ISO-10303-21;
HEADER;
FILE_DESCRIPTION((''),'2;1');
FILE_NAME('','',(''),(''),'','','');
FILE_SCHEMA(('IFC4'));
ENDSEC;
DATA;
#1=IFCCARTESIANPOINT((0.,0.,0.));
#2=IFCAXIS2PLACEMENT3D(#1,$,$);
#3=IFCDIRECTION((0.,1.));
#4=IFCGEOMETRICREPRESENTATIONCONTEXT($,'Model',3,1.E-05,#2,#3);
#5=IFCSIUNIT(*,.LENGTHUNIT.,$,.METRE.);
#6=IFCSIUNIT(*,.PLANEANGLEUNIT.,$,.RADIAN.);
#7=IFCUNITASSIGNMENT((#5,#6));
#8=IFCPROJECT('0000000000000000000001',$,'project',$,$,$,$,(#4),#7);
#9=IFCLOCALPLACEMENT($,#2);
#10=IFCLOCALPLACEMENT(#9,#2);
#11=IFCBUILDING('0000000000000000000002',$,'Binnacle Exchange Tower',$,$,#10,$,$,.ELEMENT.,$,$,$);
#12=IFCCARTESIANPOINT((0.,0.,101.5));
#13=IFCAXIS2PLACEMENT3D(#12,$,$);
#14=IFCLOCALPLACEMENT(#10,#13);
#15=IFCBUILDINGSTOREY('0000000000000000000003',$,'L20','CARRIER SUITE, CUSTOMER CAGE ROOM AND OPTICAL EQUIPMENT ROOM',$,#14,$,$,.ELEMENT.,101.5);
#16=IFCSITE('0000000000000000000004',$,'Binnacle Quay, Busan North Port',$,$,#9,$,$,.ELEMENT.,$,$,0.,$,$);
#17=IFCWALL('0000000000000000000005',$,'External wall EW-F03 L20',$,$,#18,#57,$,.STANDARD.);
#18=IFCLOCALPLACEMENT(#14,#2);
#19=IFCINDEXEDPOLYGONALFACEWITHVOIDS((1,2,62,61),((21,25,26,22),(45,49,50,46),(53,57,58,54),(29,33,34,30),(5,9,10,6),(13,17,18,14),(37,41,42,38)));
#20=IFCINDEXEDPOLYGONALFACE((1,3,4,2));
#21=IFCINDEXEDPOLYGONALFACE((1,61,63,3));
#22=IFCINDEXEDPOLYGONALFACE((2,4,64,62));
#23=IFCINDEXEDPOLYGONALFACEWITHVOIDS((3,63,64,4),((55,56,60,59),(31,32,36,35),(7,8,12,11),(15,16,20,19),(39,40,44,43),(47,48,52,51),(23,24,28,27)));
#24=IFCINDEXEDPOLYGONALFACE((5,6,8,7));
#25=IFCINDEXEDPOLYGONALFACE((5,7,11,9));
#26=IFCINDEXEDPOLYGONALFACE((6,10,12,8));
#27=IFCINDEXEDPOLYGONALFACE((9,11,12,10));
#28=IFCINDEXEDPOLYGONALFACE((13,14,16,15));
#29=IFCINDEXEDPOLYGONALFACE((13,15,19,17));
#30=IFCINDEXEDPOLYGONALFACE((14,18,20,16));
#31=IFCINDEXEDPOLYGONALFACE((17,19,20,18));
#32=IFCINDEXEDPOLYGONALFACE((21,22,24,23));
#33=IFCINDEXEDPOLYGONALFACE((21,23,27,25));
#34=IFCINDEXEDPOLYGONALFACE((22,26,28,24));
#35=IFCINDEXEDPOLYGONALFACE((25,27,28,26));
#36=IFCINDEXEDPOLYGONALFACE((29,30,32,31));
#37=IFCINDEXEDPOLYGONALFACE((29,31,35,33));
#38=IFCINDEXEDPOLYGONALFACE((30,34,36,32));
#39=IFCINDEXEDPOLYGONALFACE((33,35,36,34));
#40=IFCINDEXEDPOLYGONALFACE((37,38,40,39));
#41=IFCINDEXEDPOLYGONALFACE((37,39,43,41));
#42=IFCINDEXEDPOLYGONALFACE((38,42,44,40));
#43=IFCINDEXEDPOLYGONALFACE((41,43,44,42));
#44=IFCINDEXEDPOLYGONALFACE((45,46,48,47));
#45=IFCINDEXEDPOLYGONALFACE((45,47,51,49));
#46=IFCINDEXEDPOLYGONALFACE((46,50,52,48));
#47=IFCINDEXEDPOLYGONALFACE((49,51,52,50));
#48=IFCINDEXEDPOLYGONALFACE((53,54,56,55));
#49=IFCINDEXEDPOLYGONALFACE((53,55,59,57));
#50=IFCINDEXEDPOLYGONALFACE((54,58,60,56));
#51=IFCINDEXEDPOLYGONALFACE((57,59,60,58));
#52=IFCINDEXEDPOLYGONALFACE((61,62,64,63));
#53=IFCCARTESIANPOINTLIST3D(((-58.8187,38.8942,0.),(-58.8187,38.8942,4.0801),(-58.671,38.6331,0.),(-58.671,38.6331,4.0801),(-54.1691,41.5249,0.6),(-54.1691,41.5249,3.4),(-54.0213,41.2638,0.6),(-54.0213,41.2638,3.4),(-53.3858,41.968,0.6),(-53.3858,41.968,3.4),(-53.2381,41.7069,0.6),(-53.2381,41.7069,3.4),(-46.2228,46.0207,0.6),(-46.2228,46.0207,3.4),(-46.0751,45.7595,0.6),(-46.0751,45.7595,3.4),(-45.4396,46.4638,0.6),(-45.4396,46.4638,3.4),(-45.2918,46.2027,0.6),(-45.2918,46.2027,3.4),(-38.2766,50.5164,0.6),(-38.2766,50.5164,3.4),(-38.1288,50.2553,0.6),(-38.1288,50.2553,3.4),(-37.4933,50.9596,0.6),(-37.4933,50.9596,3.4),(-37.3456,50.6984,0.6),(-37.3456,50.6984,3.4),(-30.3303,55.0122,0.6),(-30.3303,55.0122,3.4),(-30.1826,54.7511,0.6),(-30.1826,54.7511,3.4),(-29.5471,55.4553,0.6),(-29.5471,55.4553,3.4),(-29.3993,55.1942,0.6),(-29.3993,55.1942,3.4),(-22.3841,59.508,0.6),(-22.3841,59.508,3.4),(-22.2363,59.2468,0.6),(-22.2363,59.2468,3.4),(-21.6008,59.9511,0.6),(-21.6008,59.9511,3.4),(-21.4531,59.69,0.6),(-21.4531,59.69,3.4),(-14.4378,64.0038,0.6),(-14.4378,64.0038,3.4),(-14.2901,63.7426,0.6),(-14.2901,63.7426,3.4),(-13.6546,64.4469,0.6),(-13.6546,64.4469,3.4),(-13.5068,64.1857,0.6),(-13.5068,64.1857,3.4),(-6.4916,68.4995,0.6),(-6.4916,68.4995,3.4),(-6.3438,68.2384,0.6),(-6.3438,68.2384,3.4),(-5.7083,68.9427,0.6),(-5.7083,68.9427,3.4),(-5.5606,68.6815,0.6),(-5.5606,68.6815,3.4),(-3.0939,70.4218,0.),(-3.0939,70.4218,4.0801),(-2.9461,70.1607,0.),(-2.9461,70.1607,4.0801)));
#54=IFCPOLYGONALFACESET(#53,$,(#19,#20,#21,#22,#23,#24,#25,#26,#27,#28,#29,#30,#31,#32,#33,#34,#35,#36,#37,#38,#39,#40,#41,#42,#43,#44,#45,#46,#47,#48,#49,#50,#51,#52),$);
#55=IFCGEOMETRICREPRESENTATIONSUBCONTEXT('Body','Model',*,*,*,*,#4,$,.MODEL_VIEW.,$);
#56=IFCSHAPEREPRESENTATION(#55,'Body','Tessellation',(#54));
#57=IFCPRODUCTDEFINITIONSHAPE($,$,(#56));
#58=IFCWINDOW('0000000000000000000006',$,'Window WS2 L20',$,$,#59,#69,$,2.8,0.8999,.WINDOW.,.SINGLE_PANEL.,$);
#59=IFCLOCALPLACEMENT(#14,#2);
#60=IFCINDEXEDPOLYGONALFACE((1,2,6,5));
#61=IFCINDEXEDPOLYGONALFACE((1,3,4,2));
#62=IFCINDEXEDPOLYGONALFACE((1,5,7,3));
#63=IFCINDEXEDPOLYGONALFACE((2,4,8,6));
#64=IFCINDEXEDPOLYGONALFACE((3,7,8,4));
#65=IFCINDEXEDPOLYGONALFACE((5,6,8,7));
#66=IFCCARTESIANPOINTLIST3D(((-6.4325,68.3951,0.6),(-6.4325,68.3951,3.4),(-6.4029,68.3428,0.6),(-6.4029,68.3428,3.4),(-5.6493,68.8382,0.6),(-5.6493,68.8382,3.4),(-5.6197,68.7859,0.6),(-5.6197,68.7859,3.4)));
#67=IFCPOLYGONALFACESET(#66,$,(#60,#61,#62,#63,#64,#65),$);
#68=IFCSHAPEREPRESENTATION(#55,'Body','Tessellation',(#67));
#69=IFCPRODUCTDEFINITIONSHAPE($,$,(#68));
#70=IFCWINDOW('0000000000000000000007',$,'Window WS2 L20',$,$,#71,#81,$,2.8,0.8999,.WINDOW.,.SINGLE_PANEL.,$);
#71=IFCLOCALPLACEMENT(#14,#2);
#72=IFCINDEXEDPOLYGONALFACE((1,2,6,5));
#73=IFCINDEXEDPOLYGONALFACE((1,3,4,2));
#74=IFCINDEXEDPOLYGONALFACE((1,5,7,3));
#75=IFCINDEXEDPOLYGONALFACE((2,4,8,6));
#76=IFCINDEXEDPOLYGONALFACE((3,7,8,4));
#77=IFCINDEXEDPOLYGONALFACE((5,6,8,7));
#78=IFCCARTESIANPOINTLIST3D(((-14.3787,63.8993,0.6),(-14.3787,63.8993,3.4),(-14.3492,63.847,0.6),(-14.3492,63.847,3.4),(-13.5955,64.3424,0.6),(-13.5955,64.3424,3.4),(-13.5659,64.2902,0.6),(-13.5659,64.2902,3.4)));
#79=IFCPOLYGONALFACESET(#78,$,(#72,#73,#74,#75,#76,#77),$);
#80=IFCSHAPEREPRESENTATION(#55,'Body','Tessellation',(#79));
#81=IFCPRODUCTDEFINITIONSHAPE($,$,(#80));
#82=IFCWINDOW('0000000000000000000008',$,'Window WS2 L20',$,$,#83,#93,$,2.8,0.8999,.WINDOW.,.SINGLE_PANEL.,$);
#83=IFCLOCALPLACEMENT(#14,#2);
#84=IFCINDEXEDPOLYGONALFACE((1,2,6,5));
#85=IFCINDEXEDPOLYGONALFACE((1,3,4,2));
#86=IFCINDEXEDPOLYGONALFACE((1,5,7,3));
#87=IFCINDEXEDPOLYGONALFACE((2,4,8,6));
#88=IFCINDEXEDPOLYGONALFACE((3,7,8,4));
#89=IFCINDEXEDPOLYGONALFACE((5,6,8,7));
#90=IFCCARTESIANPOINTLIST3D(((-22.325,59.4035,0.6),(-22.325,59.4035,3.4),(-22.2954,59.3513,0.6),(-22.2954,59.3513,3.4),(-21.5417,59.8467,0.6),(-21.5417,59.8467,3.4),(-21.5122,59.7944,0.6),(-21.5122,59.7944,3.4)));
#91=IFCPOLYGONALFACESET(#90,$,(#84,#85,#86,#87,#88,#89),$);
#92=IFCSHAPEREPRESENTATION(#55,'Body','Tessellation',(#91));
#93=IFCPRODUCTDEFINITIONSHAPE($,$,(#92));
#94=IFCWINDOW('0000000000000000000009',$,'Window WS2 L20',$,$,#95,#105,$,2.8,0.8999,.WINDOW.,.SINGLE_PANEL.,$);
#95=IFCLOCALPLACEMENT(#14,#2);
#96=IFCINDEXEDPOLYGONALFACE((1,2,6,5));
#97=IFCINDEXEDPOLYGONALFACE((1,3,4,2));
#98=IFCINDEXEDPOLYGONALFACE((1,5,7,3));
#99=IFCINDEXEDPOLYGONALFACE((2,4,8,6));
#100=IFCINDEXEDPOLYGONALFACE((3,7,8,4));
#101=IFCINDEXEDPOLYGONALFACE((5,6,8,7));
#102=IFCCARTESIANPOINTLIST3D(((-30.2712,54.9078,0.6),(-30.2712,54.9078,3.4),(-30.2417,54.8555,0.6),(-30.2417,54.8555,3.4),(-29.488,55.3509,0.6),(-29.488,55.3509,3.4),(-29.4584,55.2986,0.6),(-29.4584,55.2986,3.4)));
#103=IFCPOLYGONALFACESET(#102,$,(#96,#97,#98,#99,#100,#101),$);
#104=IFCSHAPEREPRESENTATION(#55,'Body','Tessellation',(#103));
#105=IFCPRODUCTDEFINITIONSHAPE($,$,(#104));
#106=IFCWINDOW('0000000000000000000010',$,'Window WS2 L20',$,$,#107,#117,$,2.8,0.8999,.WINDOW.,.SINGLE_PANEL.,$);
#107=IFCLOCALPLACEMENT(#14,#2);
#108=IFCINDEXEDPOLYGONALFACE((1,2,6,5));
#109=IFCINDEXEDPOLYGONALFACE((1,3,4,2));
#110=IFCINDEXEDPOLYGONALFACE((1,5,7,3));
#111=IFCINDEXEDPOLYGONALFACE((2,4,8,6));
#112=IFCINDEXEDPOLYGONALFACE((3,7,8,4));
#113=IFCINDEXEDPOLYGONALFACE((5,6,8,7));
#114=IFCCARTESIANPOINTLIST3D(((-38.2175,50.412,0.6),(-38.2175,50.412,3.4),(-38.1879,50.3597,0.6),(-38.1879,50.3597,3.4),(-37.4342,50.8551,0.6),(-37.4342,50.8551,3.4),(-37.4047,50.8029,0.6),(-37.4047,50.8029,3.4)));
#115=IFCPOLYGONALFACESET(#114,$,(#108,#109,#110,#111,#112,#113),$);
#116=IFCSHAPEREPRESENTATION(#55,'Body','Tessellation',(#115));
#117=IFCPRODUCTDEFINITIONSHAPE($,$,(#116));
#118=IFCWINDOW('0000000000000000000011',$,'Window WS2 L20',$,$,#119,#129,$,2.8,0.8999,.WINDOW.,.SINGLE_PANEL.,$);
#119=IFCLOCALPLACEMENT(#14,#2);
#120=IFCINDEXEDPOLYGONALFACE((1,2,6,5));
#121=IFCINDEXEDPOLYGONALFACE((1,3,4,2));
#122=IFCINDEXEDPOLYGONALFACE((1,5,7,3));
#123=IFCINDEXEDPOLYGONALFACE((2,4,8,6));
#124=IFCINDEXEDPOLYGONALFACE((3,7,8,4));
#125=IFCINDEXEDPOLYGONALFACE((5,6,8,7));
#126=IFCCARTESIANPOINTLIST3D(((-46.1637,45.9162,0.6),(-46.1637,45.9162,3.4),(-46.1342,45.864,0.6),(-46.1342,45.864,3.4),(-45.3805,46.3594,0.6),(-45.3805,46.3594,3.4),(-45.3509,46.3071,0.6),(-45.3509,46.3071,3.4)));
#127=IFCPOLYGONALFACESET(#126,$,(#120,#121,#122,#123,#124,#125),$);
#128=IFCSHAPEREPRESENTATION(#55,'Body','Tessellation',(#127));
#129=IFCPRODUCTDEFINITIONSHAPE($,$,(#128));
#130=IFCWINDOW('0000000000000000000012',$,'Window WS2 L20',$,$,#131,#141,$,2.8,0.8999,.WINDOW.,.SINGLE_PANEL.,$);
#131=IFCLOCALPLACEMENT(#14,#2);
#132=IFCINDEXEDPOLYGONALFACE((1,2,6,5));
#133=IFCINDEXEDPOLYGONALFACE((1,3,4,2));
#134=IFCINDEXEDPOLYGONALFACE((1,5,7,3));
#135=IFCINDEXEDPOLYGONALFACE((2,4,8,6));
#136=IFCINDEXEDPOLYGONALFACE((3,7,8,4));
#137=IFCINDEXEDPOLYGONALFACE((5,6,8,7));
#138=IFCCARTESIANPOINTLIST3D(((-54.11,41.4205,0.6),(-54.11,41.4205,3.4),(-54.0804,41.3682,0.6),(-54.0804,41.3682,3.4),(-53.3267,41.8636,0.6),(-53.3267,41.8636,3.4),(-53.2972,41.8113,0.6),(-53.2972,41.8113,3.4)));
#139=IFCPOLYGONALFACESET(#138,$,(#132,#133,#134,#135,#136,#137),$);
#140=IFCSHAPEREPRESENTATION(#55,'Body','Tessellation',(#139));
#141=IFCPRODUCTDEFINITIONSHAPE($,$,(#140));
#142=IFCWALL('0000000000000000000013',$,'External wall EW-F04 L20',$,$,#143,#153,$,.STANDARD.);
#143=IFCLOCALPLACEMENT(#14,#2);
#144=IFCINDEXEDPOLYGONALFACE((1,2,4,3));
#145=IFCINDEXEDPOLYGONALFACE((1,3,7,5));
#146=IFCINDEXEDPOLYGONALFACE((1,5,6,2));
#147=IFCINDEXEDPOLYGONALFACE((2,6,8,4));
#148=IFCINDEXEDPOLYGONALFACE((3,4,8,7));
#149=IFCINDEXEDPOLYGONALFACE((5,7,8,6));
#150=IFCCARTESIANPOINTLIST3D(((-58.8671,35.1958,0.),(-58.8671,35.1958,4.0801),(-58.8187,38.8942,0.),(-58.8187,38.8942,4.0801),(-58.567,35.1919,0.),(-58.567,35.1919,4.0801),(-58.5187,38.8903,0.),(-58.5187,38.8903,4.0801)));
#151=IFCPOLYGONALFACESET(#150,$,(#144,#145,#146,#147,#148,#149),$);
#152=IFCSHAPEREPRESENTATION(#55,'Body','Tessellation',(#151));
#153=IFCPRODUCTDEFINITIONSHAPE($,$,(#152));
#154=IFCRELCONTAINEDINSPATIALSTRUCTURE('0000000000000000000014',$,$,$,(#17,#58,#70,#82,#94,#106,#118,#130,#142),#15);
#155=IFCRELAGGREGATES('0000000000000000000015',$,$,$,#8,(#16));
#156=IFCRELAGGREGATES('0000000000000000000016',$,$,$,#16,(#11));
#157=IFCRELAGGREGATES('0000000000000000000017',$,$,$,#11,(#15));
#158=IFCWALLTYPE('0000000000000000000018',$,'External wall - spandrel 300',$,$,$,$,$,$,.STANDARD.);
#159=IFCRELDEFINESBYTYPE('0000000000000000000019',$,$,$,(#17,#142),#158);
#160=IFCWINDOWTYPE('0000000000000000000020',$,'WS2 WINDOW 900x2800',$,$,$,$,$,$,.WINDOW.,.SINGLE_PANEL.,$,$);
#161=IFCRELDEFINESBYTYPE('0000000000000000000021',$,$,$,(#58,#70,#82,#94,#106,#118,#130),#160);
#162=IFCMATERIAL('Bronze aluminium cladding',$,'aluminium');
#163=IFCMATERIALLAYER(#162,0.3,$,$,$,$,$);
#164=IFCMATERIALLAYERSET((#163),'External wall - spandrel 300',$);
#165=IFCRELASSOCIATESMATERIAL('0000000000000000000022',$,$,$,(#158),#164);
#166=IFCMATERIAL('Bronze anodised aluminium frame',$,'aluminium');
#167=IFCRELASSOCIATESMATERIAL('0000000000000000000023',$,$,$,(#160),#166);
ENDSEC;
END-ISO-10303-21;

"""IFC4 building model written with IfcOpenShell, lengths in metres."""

from ifc_helpers import new_model, si_unit, direction, frame, frame_2d, origin, place, context, subcontext, project, spatial, rectangle, extrude, material, layer, layer_set, type_object, element, fill, save


model = new_model("IFC4")

# Units and contexts
model_context = context("Model", 3, precision=1e-05, world=origin(), true_north=direction((0.0, 1.0)))
body_context = subcontext(model_context, "Body", "Model", "MODEL_VIEW")
ifc_project = project(units=[si_unit("LENGTHUNIT", "METRE"), si_unit("PLANEANGLEUNIT", "RADIAN")], contexts=[model_context])

# Site, building, storey
site_placement = place(None, origin())
site = spatial("IfcSite", under=ifc_project, at=site_placement, Name="Binnacle Quay, Busan North Port", CompositionType="ELEMENT", RefElevation=0.0)
building_placement = place(site_placement, origin())
building = spatial("IfcBuilding", under=site, at=building_placement, Name="Binnacle Exchange Tower", CompositionType="ELEMENT")
storey_placement = place(building_placement, frame((0.0, 0.0, 101.5)))
storey = spatial("IfcBuildingStorey", under=building, at=storey_placement, Name="L20", Description="CARRIER SUITE, CUSTOMER CAGE ROOM AND OPTICAL EQUIPMENT ROOM", CompositionType="ELEMENT", Elevation=101.5)

# Wall, openings, windows
ifc_material_1 = material(Name="Bronze aluminium cladding", Category="aluminium")
ifc_layer_1 = layer(ifc_material_1, 0.3)
ifc_layer_set_1 = layer_set([ifc_layer_1], Name="External wall - spandrel 300")
wall_type_1 = type_object("IfcWallType", Name="External wall - spandrel 300", PredefinedType="STANDARD", material=ifc_layer_set_1)
wall_1_placement = place(storey_placement, frame((-58.7449, 38.7637, 0.0), z_axis=(0.0, 0.0, 1.0), x_axis=(0.870356, 0.492423, 0.0)))
wall_1 = element("IfcWall", 1, at=wall_1_placement, inside=storey, type_object=wall_type_1, Name="External wall EW-F03 L20", PredefinedType="STANDARD", context=body_context, shape_type="SweptSolid", body=[
    extrude(rectangle(XDim=64.0254, YDim=0.3, at=frame_2d((32.0127, 0.0))), origin(), (0.0, 0.0, 1.0), 4.0801),
])
opening_1_placement = place(wall_1_placement, frame((60.1216, 0.0, 0.6001)))
opening_1 = element("IfcOpeningElement", 2, at=opening_1_placement, cuts=wall_1, PredefinedType="OPENING", context=body_context, shape_type="SweptSolid", body=[
    extrude(rectangle(XDim=0.8999, YDim=2.8, at=frame_2d((0.45, 1.3999))), frame((0.0, 0.1599, 0.0), z_axis=(0.0, -1.0, 0.0), x_axis=(1.0, 0.0, 0.0)), (0.0, 0.0, 1.0), 0.3201),
])
opening_2_placement = place(wall_1_placement, frame((50.9917, 0.0, 0.6001)))
opening_2 = element("IfcOpeningElement", 3, at=opening_2_placement, cuts=wall_1, PredefinedType="OPENING", context=body_context, shape_type="SweptSolid", body=[
    extrude(rectangle(XDim=0.8999, YDim=2.8, at=frame_2d((0.45, 1.3999))), frame((0.0, 0.1599, 0.0), z_axis=(0.0, -1.0, 0.0), x_axis=(1.0, 0.0, 0.0)), (0.0, 0.0, 1.0), 0.3201),
])
opening_3_placement = place(wall_1_placement, frame((41.8618, 0.0, 0.6001)))
opening_3 = element("IfcOpeningElement", 4, at=opening_3_placement, cuts=wall_1, PredefinedType="OPENING", context=body_context, shape_type="SweptSolid", body=[
    extrude(rectangle(XDim=0.8999, YDim=2.8, at=frame_2d((0.45, 1.3999))), frame((0.0, 0.1599, 0.0), z_axis=(0.0, -1.0, 0.0), x_axis=(1.0, 0.0, 0.0)), (0.0, 0.0, 1.0), 0.3201),
])
opening_4_placement = place(wall_1_placement, frame((32.7319, 0.0, 0.6001)))
opening_4 = element("IfcOpeningElement", 5, at=opening_4_placement, cuts=wall_1, PredefinedType="OPENING", context=body_context, shape_type="SweptSolid", body=[
    extrude(rectangle(XDim=0.8999, YDim=2.8, at=frame_2d((0.45, 1.3999))), frame((0.0, 0.1599, 0.0), z_axis=(0.0, -1.0, 0.0), x_axis=(1.0, 0.0, 0.0)), (0.0, 0.0, 1.0), 0.3201),
])
opening_5_placement = place(wall_1_placement, frame((23.6021, 0.0, 0.6001)))
opening_5 = element("IfcOpeningElement", 6, at=opening_5_placement, cuts=wall_1, PredefinedType="OPENING", context=body_context, shape_type="SweptSolid", body=[
    extrude(rectangle(XDim=0.8999, YDim=2.8, at=frame_2d((0.45, 1.3999))), frame((0.0, 0.1599, 0.0), z_axis=(0.0, -1.0, 0.0), x_axis=(1.0, 0.0, 0.0)), (0.0, 0.0, 1.0), 0.3201),
])
opening_6_placement = place(wall_1_placement, frame((14.4722, 0.0, 0.6001)))
opening_6 = element("IfcOpeningElement", 7, at=opening_6_placement, cuts=wall_1, PredefinedType="OPENING", context=body_context, shape_type="SweptSolid", body=[
    extrude(rectangle(XDim=0.8999, YDim=2.8, at=frame_2d((0.45, 1.3999))), frame((0.0, 0.1599, 0.0), z_axis=(0.0, -1.0, 0.0), x_axis=(1.0, 0.0, 0.0)), (0.0, 0.0, 1.0), 0.3201),
])
opening_7_placement = place(wall_1_placement, frame((5.3423, 0.0, 0.6001)))
opening_7 = element("IfcOpeningElement", 8, at=opening_7_placement, cuts=wall_1, PredefinedType="OPENING", context=body_context, shape_type="SweptSolid", body=[
    extrude(rectangle(XDim=0.8999, YDim=2.8, at=frame_2d((0.45, 1.3999))), frame((0.0, 0.1599, 0.0), z_axis=(0.0, -1.0, 0.0), x_axis=(1.0, 0.0, 0.0)), (0.0, 0.0, 1.0), 0.3201),
])
ifc_material_2 = material(Name="Bronze anodised aluminium frame", Category="aluminium")
window_type = type_object("IfcWindowType", Name="WS2 WINDOW 900x2800", PartitioningType="SINGLE_PANEL", PredefinedType="WINDOW", material=ifc_material_2)
window_1_placement = place(opening_1_placement, origin())
window_1 = element("IfcWindow", 9, at=window_1_placement, inside=storey, type_object=window_type, Name="Window WS2 L20", OverallHeight=2.8, OverallWidth=0.8999, PartitioningType="SINGLE_PANEL", PredefinedType="WINDOW", context=body_context, shape_type="SweptSolid", body=[
    extrude(rectangle(XDim=0.8999, YDim=2.8, at=frame_2d((0.45, 1.3999))), frame((0.0, 0.03, 0.0), z_axis=(0.0, -1.0, 0.0), x_axis=(1.0, 0.0, 0.0)), (0.0, 0.0, 1.0), 0.0601),
])
fill(opening_1, window_1)
window_2_placement = place(opening_2_placement, origin())
window_2 = element("IfcWindow", 10, at=window_2_placement, inside=storey, type_object=window_type, Name="Window WS2 L20", OverallHeight=2.8, OverallWidth=0.8999, PartitioningType="SINGLE_PANEL", PredefinedType="WINDOW", context=body_context, shape_type="SweptSolid", body=[
    extrude(rectangle(XDim=0.8999, YDim=2.8, at=frame_2d((0.45, 1.3999))), frame((0.0, 0.03, 0.0), z_axis=(0.0, -1.0, 0.0), x_axis=(1.0, 0.0, 0.0)), (0.0, 0.0, 1.0), 0.0601),
])
fill(opening_2, window_2)
window_3_placement = place(opening_3_placement, origin())
window_3 = element("IfcWindow", 11, at=window_3_placement, inside=storey, type_object=window_type, Name="Window WS2 L20", OverallHeight=2.8, OverallWidth=0.8999, PartitioningType="SINGLE_PANEL", PredefinedType="WINDOW", context=body_context, shape_type="SweptSolid", body=[
    extrude(rectangle(XDim=0.8999, YDim=2.8, at=frame_2d((0.45, 1.3999))), frame((0.0, 0.03, 0.0), z_axis=(0.0, -1.0, 0.0), x_axis=(1.0, 0.0, 0.0)), (0.0, 0.0, 1.0), 0.0601),
])
fill(opening_3, window_3)
window_4_placement = place(opening_4_placement, origin())
window_4 = element("IfcWindow", 12, at=window_4_placement, inside=storey, type_object=window_type, Name="Window WS2 L20", OverallHeight=2.8, OverallWidth=0.8999, PartitioningType="SINGLE_PANEL", PredefinedType="WINDOW", context=body_context, shape_type="SweptSolid", body=[
    extrude(rectangle(XDim=0.8999, YDim=2.8, at=frame_2d((0.45, 1.3999))), frame((0.0, 0.03, 0.0), z_axis=(0.0, -1.0, 0.0), x_axis=(1.0, 0.0, 0.0)), (0.0, 0.0, 1.0), 0.0601),
])
fill(opening_4, window_4)
window_5_placement = place(opening_5_placement, origin())
window_5 = element("IfcWindow", 13, at=window_5_placement, inside=storey, type_object=window_type, Name="Window WS2 L20", OverallHeight=2.8, OverallWidth=0.8999, PartitioningType="SINGLE_PANEL", PredefinedType="WINDOW", context=body_context, shape_type="SweptSolid", body=[
    extrude(rectangle(XDim=0.8999, YDim=2.8, at=frame_2d((0.45, 1.3999))), frame((0.0, 0.03, 0.0), z_axis=(0.0, -1.0, 0.0), x_axis=(1.0, 0.0, 0.0)), (0.0, 0.0, 1.0), 0.0601),
])
fill(opening_5, window_5)
window_6_placement = place(opening_6_placement, origin())
window_6 = element("IfcWindow", 14, at=window_6_placement, inside=storey, type_object=window_type, Name="Window WS2 L20", OverallHeight=2.8, OverallWidth=0.8999, PartitioningType="SINGLE_PANEL", PredefinedType="WINDOW", context=body_context, shape_type="SweptSolid", body=[
    extrude(rectangle(XDim=0.8999, YDim=2.8, at=frame_2d((0.45, 1.3999))), frame((0.0, 0.03, 0.0), z_axis=(0.0, -1.0, 0.0), x_axis=(1.0, 0.0, 0.0)), (0.0, 0.0, 1.0), 0.0601),
])
fill(opening_6, window_6)
window_7_placement = place(opening_7_placement, origin())
window_7 = element("IfcWindow", 15, at=window_7_placement, inside=storey, type_object=window_type, Name="Window WS2 L20", OverallHeight=2.8, OverallWidth=0.8999, PartitioningType="SINGLE_PANEL", PredefinedType="WINDOW", context=body_context, shape_type="SweptSolid", body=[
    extrude(rectangle(XDim=0.8999, YDim=2.8, at=frame_2d((0.45, 1.3999))), frame((0.0, 0.03, 0.0), z_axis=(0.0, -1.0, 0.0), x_axis=(1.0, 0.0, 0.0)), (0.0, 0.0, 1.0), 0.0601),
])
fill(opening_7, window_7)

# Wall
wall_2_placement = place(storey_placement, frame((-58.717, 35.1938, 0.0), z_axis=(0.0, 0.0, 1.0), x_axis=(0.013069, 0.999915, 0.0)))
element("IfcWall", 16, at=wall_2_placement, inside=storey, type_object=wall_type_1, Name="External wall EW-F04 L20", PredefinedType="STANDARD", context=body_context, shape_type="SweptSolid", body=[
    extrude(rectangle(XDim=3.6987, YDim=0.3, at=frame_2d((1.8494, 0.0))), origin(), (0.0, 0.0, 1.0), 4.0801),
])

save(model, "model.ifc")
